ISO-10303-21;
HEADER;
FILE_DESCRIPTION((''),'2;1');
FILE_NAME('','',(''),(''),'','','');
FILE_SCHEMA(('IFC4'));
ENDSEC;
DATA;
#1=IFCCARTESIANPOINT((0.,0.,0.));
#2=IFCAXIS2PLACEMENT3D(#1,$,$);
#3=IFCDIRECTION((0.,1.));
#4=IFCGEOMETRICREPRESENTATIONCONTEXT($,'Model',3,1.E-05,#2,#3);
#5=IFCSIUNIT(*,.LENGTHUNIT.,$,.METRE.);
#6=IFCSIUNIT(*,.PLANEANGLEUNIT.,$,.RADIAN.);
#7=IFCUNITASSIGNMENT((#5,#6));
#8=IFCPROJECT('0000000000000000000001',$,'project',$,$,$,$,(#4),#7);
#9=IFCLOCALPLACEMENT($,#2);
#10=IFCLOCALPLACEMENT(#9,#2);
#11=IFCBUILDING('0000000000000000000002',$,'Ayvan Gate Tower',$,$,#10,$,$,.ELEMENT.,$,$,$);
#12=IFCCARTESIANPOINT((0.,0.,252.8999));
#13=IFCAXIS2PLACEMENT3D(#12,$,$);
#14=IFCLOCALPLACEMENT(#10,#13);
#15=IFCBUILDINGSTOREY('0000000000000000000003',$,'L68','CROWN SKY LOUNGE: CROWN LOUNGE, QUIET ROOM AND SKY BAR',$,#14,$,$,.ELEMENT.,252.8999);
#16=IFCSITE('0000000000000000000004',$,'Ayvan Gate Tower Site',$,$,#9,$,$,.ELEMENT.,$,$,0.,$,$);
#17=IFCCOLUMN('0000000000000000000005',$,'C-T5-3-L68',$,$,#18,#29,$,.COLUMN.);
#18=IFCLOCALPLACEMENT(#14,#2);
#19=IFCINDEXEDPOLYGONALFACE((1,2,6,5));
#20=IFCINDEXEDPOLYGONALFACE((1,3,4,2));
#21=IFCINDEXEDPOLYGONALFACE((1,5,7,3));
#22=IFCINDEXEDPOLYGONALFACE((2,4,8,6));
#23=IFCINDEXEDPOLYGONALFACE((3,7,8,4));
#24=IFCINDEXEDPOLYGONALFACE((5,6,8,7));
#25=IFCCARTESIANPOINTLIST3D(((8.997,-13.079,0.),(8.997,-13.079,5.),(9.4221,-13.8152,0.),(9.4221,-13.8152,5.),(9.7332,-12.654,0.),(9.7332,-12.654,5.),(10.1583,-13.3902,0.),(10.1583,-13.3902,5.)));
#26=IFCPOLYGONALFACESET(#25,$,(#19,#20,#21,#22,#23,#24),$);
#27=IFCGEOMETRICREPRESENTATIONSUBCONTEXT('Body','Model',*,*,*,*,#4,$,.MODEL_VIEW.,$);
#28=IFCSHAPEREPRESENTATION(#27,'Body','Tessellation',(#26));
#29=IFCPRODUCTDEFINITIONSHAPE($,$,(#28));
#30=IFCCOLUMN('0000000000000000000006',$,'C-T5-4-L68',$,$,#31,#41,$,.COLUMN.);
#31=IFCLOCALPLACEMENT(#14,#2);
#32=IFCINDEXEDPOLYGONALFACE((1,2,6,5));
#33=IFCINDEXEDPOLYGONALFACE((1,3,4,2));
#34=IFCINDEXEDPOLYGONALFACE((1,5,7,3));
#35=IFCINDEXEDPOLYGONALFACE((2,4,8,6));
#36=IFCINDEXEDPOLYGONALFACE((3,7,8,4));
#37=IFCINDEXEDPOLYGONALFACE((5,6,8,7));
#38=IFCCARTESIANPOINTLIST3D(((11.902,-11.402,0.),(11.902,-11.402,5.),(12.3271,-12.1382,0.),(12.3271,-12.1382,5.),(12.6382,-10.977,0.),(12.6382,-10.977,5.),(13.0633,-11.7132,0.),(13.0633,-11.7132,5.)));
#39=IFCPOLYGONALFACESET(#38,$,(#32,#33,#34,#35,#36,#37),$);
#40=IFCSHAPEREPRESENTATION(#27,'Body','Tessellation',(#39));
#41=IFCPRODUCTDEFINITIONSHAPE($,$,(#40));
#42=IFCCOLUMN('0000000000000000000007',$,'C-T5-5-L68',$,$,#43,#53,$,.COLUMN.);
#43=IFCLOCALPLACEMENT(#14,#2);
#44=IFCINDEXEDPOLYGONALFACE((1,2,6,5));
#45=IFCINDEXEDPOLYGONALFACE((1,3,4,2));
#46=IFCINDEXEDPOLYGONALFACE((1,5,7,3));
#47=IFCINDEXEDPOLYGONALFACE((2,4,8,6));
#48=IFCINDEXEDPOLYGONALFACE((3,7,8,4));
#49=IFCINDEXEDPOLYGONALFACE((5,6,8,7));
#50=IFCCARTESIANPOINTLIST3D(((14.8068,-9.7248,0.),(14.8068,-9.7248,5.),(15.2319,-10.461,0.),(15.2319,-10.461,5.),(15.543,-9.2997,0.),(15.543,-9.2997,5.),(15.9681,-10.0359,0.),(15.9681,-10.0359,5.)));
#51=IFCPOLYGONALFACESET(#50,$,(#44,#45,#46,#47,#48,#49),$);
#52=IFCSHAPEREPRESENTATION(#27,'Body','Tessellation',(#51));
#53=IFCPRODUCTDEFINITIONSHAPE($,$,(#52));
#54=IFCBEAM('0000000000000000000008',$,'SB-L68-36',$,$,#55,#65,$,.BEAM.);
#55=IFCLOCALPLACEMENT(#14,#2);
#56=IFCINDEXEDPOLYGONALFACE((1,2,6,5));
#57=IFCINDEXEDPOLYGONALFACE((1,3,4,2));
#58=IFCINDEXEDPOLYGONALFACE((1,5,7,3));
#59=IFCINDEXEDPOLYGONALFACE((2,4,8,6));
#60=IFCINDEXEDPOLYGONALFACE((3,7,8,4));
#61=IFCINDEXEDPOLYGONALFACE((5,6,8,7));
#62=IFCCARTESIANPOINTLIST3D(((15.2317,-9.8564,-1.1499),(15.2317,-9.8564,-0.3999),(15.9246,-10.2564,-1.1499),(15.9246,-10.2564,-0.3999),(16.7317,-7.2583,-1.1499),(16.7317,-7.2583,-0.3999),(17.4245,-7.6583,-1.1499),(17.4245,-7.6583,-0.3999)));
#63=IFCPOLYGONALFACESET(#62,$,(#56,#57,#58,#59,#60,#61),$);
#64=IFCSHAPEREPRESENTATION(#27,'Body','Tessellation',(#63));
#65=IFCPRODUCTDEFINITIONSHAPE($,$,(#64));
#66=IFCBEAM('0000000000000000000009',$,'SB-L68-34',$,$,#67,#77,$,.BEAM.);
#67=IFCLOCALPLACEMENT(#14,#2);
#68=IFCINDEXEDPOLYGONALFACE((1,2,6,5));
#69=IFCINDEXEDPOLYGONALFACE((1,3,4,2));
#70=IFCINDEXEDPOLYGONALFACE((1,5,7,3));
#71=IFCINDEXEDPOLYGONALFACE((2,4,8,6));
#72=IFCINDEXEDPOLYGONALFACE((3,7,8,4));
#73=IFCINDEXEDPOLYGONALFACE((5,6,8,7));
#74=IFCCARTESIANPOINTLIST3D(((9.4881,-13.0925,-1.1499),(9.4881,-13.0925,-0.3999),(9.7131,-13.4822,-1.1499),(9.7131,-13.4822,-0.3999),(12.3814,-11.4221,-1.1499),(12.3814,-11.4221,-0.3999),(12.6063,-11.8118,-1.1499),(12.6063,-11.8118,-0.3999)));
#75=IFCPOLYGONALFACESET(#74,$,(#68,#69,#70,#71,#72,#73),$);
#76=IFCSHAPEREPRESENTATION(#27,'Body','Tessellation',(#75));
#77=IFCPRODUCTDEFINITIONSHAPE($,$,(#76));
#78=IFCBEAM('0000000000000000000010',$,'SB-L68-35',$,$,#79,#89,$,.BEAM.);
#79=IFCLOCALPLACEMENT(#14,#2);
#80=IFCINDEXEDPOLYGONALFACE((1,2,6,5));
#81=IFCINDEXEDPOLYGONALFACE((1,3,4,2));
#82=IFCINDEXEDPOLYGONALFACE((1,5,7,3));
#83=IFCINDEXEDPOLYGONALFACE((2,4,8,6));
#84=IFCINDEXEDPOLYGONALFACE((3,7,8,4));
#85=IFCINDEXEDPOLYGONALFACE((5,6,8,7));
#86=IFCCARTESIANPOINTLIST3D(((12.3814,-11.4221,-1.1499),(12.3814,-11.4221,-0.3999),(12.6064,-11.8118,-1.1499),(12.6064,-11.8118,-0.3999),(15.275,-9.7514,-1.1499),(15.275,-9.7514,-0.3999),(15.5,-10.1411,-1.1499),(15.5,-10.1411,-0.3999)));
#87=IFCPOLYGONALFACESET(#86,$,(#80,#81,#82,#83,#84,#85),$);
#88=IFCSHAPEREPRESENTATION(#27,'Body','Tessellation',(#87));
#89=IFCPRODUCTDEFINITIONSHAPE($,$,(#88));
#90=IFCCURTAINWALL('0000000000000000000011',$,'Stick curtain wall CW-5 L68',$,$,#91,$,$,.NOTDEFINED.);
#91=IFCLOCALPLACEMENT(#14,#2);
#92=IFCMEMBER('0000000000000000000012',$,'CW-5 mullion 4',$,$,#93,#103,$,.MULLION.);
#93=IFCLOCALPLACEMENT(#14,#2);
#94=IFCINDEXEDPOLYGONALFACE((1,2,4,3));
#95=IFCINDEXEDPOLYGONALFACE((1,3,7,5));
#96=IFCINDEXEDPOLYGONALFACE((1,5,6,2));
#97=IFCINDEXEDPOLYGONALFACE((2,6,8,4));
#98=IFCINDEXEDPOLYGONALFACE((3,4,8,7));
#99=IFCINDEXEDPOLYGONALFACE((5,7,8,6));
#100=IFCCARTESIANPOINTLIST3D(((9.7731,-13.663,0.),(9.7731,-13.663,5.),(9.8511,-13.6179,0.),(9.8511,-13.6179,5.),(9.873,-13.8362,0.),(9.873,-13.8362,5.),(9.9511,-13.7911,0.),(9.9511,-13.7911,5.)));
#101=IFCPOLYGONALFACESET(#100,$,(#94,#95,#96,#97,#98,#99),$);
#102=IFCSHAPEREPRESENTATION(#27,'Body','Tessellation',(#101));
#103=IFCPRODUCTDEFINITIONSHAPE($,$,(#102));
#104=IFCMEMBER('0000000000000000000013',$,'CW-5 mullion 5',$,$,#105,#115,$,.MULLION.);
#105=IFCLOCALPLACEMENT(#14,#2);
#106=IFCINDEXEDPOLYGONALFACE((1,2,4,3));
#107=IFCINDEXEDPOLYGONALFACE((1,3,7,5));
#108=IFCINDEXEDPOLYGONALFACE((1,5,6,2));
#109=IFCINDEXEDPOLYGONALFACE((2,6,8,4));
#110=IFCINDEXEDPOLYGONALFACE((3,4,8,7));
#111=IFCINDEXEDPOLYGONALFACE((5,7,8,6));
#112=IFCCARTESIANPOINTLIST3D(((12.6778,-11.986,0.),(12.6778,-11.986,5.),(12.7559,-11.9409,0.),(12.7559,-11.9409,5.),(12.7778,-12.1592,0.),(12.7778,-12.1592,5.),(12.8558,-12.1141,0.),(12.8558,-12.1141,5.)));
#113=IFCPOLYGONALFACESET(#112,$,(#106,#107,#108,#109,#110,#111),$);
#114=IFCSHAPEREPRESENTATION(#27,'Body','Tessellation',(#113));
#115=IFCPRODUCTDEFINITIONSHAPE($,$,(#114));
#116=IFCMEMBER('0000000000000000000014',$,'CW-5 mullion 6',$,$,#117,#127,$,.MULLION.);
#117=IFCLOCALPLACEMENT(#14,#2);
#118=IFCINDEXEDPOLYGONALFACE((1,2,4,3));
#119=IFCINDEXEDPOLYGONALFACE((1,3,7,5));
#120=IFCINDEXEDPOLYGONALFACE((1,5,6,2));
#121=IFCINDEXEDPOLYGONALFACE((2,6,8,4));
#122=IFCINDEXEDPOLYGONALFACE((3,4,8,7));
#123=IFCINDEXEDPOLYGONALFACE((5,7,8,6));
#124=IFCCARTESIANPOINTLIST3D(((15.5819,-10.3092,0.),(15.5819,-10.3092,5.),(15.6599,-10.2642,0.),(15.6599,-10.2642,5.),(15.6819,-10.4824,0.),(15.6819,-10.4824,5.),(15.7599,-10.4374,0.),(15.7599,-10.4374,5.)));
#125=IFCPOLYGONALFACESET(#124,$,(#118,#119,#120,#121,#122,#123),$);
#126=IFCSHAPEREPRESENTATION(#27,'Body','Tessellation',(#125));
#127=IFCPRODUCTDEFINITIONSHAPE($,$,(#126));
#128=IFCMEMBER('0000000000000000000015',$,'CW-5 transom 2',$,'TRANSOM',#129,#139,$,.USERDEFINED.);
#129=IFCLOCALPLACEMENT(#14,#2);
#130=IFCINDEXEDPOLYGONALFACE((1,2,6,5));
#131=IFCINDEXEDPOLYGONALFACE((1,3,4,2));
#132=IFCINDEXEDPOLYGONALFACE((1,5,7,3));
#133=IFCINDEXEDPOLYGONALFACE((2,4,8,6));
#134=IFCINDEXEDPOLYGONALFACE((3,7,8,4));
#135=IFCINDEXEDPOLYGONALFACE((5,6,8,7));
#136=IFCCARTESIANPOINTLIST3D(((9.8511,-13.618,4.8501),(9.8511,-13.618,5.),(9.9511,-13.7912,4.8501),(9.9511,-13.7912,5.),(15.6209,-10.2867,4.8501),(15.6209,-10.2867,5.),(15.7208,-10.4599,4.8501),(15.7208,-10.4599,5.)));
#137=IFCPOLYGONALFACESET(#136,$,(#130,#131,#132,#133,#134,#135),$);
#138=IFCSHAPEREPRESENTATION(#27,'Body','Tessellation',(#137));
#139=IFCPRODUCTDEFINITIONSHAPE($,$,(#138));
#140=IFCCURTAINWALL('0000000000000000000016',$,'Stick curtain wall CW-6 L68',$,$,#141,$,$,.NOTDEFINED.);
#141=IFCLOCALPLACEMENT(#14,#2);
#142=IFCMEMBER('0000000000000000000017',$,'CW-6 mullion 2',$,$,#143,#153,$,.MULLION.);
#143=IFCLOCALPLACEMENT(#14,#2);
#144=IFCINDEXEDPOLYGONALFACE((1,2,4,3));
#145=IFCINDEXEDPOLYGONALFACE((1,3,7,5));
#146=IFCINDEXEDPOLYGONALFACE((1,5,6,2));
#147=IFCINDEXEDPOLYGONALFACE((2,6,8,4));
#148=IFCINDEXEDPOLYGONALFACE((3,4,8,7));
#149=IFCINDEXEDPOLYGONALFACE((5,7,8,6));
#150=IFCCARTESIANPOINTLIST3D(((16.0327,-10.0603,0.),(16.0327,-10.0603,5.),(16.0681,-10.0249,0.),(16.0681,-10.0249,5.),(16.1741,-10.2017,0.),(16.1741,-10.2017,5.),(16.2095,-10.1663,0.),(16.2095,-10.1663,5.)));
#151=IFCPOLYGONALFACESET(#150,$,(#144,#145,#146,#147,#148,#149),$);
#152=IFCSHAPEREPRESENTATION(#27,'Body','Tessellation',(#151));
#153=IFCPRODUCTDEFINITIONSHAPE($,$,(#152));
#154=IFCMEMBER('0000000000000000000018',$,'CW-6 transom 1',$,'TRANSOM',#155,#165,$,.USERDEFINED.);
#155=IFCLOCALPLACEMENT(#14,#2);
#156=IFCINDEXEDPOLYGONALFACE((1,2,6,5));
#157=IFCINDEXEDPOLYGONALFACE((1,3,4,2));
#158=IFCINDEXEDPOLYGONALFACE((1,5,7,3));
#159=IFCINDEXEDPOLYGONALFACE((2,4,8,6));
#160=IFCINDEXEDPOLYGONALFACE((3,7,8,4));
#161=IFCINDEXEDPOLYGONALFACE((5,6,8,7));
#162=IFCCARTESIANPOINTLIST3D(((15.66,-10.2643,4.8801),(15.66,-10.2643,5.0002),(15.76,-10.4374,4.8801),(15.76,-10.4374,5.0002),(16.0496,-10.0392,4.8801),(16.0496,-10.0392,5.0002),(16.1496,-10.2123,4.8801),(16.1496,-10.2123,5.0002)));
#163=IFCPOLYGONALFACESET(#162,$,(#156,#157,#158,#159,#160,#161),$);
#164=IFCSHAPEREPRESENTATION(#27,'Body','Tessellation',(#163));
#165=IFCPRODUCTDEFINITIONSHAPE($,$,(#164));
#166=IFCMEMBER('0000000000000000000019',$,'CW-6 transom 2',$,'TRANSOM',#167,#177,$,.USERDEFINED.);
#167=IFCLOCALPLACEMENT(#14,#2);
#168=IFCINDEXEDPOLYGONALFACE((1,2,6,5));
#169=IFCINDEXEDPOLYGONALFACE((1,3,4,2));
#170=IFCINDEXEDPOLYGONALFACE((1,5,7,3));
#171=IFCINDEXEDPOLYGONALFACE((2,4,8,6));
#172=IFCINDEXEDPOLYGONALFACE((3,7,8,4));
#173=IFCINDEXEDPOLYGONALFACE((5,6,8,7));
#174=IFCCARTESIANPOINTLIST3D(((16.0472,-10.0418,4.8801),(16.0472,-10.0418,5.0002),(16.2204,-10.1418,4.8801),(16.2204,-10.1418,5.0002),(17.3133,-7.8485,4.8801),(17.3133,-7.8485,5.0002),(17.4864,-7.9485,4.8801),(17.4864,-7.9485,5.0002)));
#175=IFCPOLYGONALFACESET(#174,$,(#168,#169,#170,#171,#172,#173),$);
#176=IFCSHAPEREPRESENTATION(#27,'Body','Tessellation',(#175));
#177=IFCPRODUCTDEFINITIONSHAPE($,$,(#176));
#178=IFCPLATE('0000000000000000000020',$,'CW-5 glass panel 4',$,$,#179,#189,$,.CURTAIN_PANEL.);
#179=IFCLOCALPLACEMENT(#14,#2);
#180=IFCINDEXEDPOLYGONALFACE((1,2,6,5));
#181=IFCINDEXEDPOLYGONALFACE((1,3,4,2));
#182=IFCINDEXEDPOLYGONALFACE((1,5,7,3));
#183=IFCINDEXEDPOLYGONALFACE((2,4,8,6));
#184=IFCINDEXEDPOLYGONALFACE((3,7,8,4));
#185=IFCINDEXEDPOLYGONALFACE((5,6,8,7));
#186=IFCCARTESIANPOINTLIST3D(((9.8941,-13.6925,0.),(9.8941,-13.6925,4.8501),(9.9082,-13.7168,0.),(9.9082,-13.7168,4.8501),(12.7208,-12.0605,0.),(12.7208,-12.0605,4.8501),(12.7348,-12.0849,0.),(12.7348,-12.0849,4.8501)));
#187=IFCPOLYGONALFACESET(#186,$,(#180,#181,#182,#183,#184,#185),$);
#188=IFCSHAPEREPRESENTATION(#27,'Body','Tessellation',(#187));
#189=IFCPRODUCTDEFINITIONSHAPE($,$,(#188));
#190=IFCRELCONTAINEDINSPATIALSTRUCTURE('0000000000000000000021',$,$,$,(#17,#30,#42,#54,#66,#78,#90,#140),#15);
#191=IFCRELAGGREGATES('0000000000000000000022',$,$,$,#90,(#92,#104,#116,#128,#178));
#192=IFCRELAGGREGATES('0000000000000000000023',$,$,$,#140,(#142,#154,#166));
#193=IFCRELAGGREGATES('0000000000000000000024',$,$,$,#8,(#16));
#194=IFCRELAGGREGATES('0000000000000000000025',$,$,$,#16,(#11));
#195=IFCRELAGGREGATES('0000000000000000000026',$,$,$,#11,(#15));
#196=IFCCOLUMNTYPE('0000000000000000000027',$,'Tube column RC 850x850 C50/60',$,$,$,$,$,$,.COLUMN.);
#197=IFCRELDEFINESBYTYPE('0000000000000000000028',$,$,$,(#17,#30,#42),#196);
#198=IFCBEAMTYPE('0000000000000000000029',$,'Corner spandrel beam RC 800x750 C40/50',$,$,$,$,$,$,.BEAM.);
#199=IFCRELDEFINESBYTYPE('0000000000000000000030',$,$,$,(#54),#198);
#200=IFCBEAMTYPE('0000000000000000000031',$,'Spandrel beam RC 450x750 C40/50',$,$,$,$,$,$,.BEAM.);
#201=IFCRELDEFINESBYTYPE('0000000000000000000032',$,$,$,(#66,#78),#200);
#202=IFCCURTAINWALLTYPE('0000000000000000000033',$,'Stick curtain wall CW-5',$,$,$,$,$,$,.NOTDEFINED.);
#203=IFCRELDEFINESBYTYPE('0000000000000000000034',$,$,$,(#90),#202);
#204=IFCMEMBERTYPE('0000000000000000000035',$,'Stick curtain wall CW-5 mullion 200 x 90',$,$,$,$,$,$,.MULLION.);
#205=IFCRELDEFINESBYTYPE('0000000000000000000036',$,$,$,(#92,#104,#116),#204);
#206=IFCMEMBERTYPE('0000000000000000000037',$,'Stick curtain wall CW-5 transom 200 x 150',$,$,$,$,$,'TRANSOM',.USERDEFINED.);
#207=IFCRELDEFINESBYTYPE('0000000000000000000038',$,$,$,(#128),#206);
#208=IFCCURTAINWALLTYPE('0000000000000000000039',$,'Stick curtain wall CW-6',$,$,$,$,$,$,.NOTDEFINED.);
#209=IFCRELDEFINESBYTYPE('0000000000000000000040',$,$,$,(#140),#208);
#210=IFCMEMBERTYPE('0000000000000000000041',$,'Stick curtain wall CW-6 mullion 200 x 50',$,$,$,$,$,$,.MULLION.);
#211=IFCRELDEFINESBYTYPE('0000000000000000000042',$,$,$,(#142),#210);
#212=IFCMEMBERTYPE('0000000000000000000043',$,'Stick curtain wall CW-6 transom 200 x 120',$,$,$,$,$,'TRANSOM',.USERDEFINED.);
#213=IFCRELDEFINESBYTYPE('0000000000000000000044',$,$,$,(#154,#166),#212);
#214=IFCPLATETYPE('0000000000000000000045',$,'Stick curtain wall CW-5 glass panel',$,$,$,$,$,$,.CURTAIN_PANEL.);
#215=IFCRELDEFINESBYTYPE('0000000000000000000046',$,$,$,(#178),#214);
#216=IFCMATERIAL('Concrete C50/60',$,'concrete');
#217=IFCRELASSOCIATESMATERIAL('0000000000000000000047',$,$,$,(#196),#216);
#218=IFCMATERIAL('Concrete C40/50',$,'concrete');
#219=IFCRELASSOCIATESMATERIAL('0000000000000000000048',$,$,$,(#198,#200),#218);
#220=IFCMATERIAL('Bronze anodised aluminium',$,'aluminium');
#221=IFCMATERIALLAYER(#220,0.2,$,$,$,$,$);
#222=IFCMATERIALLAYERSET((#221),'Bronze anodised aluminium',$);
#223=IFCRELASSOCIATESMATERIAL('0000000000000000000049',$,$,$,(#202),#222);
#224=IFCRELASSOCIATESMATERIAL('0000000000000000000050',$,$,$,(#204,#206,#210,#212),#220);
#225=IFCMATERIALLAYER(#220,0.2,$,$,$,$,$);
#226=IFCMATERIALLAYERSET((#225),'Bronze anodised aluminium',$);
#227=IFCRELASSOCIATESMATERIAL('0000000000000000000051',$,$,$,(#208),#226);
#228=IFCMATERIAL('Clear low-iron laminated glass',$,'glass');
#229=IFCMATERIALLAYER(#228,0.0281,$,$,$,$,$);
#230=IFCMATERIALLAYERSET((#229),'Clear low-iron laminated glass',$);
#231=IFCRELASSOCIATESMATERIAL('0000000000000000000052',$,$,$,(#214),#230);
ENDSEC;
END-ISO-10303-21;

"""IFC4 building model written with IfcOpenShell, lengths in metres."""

from ifc_helpers import new_model, si_unit, direction, frame, origin, origin_2d, place, context, subcontext, project, spatial, rectangle, extrude, material, layer, layer_set, material_profile, profile_set, type_object, element, aggregate, save


model = new_model("IFC4")

# Units and contexts
model_context = context("Model", 3, precision=1e-05, world=origin(), true_north=direction((0.0, 1.0)))
body_context = subcontext(model_context, "Body", "Model", "MODEL_VIEW")
ifc_project = project(units=[si_unit("LENGTHUNIT", "METRE"), si_unit("PLANEANGLEUNIT", "RADIAN")], contexts=[model_context])

# Site, building, storey
site_placement = place(None, origin())
site = spatial("IfcSite", under=ifc_project, at=site_placement, Name="Ayvan Gate Tower Site", CompositionType="ELEMENT", RefElevation=0.0)
building_placement = place(site_placement, origin())
building = spatial("IfcBuilding", under=site, at=building_placement, Name="Ayvan Gate Tower", CompositionType="ELEMENT")
storey_placement = place(building_placement, frame((0.0, 0.0, 252.8999)))
storey = spatial("IfcBuildingStorey", under=building, at=storey_placement, Name="L68", Description="CROWN SKY LOUNGE: CROWN LOUNGE, QUIET ROOM AND SKY BAR", CompositionType="ELEMENT", Elevation=252.8999)

# Columns
ifc_material_1 = material(Name="Concrete C50/60", Category="concrete")
ifc_material_profile_1 = material_profile(ifc_material_1, rectangle(XDim=0.8501, YDim=0.8501, at=origin_2d()), Name="RC 850x850")
ifc_profile_set_1 = profile_set([ifc_material_profile_1], Name="Concrete C50/60")
column_type = type_object("IfcColumnType", Name="Tube column RC 850x850 C50/60", PredefinedType="COLUMN", material=ifc_profile_set_1)
for number, where, z_axis, x_axis, name in (
    (1, (9.5776, -13.2346, 0.0), (0.0, 0.0, 1.0), (0.5, -0.866025, 0.0), "C-T5-3-L68"),
    (2, (12.4827, -11.5576, 0.0), (0.0, 0.0, 1.0), (0.5, -0.866025, 0.0), "C-T5-4-L68"),
    (3, (15.3875, -9.8804, 0.0), (0.0, 0.0, 1.0), (0.5, -0.866025, 0.0), "C-T5-5-L68"),
):
    element("IfcColumn", number, at=place(storey_placement, frame(where, z_axis=z_axis, x_axis=x_axis)), inside=storey, type_object=column_type, Name=name, PredefinedType="COLUMN", context=body_context, shape_type="SweptSolid", body=[
        extrude(rectangle(XDim=0.8501, YDim=0.8501, at=origin_2d()), origin(), (0.0, 0.0, 1.0), 5.0),
    ])

# Beams
ifc_material_2 = material(Name="Concrete C40/50", Category="concrete")
ifc_material_profile_2 = material_profile(ifc_material_2, rectangle(XDim=0.8, YDim=0.75, at=origin_2d()), Name="RC 800x750")
ifc_profile_set_2 = profile_set([ifc_material_profile_2], Name="Concrete C40/50")
beam_type_1 = type_object("IfcBeamType", Name="Corner spandrel beam RC 800x750 C40/50", PredefinedType="BEAM", material=ifc_profile_set_2)
beam_1_placement = place(storey_placement, frame((15.5781, -10.0564, -0.7749), z_axis=(0.49999, 0.866031, 0.0), x_axis=(-0.866031, 0.49999, 0.0)))
element("IfcBeam", 4, at=beam_1_placement, inside=storey, type_object=beam_type_1, Name="SB-L68-36", PredefinedType="BEAM", context=body_context, shape_type="SweptSolid", body=[
    extrude(rectangle(XDim=0.8, YDim=0.75, at=origin_2d()), origin(), (0.0, 0.0, 1.0), 3.0),
])
ifc_material_profile_3 = material_profile(ifc_material_2, rectangle(XDim=0.45, YDim=0.75, at=origin_2d()), Name="RC 450x750")
ifc_profile_set_3 = profile_set([ifc_material_profile_3], Name="Concrete C40/50")
beam_type_2 = type_object("IfcBeamType", Name="Spandrel beam RC 450x750 C40/50", PredefinedType="BEAM", material=ifc_profile_set_3)
beam_2_placement = place(storey_placement, frame((9.6006, -13.2874, -0.7749), z_axis=(0.866031, 0.49999, 0.0), x_axis=(-0.49999, 0.866031, 0.0)))
element("IfcBeam", 5, at=beam_2_placement, inside=storey, type_object=beam_type_2, Name="SB-L68-34", PredefinedType="BEAM", context=body_context, shape_type="SweptSolid", body=[
    extrude(rectangle(XDim=0.45, YDim=0.75, at=origin_2d()), origin(), (0.0, 0.0, 1.0), 3.3408),
])
beam_3_placement = place(storey_placement, frame((12.4939, -11.6169, -0.7749), z_axis=(0.866018, 0.500013, 0.0), x_axis=(-0.500013, 0.866018, 0.0)))
element("IfcBeam", 6, at=beam_3_placement, inside=storey, type_object=beam_type_2, Name="SB-L68-35", PredefinedType="BEAM", context=body_context, shape_type="SweptSolid", body=[
    extrude(rectangle(XDim=0.45, YDim=0.75, at=origin_2d()), origin(), (0.0, 0.0, 1.0), 3.3413),
])

# Curtain walls, members
ifc_material_3 = material(Name="Bronze anodised aluminium", Category="aluminium")
ifc_layer_1 = layer(ifc_material_3, 0.2)
ifc_layer_set_1 = layer_set([ifc_layer_1], Name="Bronze anodised aluminium")
curtain_wall_type_1 = type_object("IfcCurtainWallType", Name="Stick curtain wall CW-5", PredefinedType="NOTDEFINED", material=ifc_layer_set_1)
curtain_wall_1_placement = place(storey_placement, origin())
curtain_wall_1 = element("IfcCurtainWall", 7, at=curtain_wall_1_placement, inside=storey, type_object=curtain_wall_type_1, Name="Stick curtain wall CW-5 L68", PredefinedType="NOTDEFINED")
ifc_material_profile_4 = material_profile(ifc_material_3, rectangle(XDim=0.2, YDim=0.0901, at=origin_2d()), Name="Stick curtain wall CW-5 mullion 200 x 90")
ifc_profile_set_4 = profile_set([ifc_material_profile_4], Name="Bronze anodised aluminium")
member_type_1 = type_object("IfcMemberType", Name="Stick curtain wall CW-5 mullion 200 x 90", PredefinedType="MULLION", material=ifc_profile_set_4)
member_1_placement = place(storey_placement, frame((9.8621, -13.7271, 0.0), z_axis=(0.0, 0.0, 1.0), x_axis=(0.5, -0.866025, 0.0)))
member_1 = element("IfcMember", 8, at=member_1_placement, type_object=member_type_1, Name="CW-5 mullion 4", PredefinedType="MULLION", context=body_context, shape_type="SweptSolid", body=[
    extrude(rectangle(XDim=0.2, YDim=0.0901, at=origin_2d()), origin(), (0.0, 0.0, 1.0), 5.0),
])
member_2_placement = place(storey_placement, frame((12.7668, -12.05, 0.0), z_axis=(0.0, 0.0, 1.0), x_axis=(0.5, -0.866025, 0.0)))
member_2 = element("IfcMember", 9, at=member_2_placement, type_object=member_type_1, Name="CW-5 mullion 5", PredefinedType="MULLION", context=body_context, shape_type="SweptSolid", body=[
    extrude(rectangle(XDim=0.2, YDim=0.0901, at=origin_2d()), origin(), (0.0, 0.0, 1.0), 5.0),
])
member_3_placement = place(storey_placement, frame((15.6709, -10.3733, 0.0), z_axis=(0.0, 0.0, 1.0), x_axis=(0.5, -0.866025, 0.0)))
member_3 = element("IfcMember", 10, at=member_3_placement, type_object=member_type_1, Name="CW-5 mullion 6", PredefinedType="MULLION", context=body_context, shape_type="SweptSolid", body=[
    extrude(rectangle(XDim=0.2, YDim=0.0901, at=origin_2d()), origin(), (0.0, 0.0, 1.0), 5.0),
])
ifc_material_profile_5 = material_profile(ifc_material_3, rectangle(XDim=0.2, YDim=0.1499, at=origin_2d()), Name="Stick curtain wall CW-5 transom 200 x 150")
ifc_profile_set_5 = profile_set([ifc_material_profile_5], Name="Bronze anodised aluminium")
member_type_2 = type_object("IfcMemberType", Name="Stick curtain wall CW-5 transom 200 x 150", ElementType="TRANSOM", PredefinedType="USERDEFINED", material=ifc_profile_set_5)
member_4_placement = place(storey_placement, frame((9.9011, -13.7046, 4.925), z_axis=(0.866018, 0.500013, 0.0), x_axis=(-0.500013, 0.866018, 0.0)))
member_4 = element("IfcMember", 11, at=member_4_placement, type_object=member_type_2, Name="CW-5 transom 2", ObjectType="TRANSOM", PredefinedType="USERDEFINED", context=body_context, shape_type="SweptSolid", body=[
    extrude(rectangle(XDim=0.2, YDim=0.1499, at=origin_2d()), origin(), (0.0, 0.0, 1.0), 6.6624),
])
ifc_layer_2 = layer(ifc_material_3, 0.2)
ifc_layer_set_2 = layer_set([ifc_layer_2], Name="Bronze anodised aluminium")
curtain_wall_type_2 = type_object("IfcCurtainWallType", Name="Stick curtain wall CW-6", PredefinedType="NOTDEFINED", material=ifc_layer_set_2)
curtain_wall_2_placement = place(storey_placement, origin())
curtain_wall_2 = element("IfcCurtainWall", 12, at=curtain_wall_2_placement, inside=storey, type_object=curtain_wall_type_2, Name="Stick curtain wall CW-6 L68", PredefinedType="NOTDEFINED")
ifc_material_profile_6 = material_profile(ifc_material_3, rectangle(XDim=0.2, YDim=0.05, at=origin_2d()), Name="Stick curtain wall CW-6 mullion 200 x 50")
ifc_profile_set_6 = profile_set([ifc_material_profile_6], Name="Bronze anodised aluminium")
member_type_3 = type_object("IfcMemberType", Name="Stick curtain wall CW-6 mullion 200 x 50", PredefinedType="MULLION", material=ifc_profile_set_6)
member_5_placement = place(storey_placement, frame((16.1211, -10.1133, 0.0), z_axis=(0.0, 0.0, 1.0), x_axis=(0.707107, -0.707107, 0.0)))
member_5 = element("IfcMember", 13, at=member_5_placement, type_object=member_type_3, Name="CW-6 mullion 2", PredefinedType="MULLION", context=body_context, shape_type="SweptSolid", body=[
    extrude(rectangle(XDim=0.2, YDim=0.05, at=origin_2d()), origin(), (0.0, 0.0, 1.0), 5.0),
])
ifc_material_profile_7 = material_profile(ifc_material_3, rectangle(XDim=0.2, YDim=0.1201, at=origin_2d()), Name="Stick curtain wall CW-6 transom 200 x 120")
ifc_profile_set_7 = profile_set([ifc_material_profile_7], Name="Bronze anodised aluminium")
member_type_4 = type_object("IfcMemberType", Name="Stick curtain wall CW-6 transom 200 x 120", ElementType="TRANSOM", PredefinedType="USERDEFINED", material=ifc_profile_set_7)
member_6_placement = place(storey_placement, frame((15.71, -10.3508, 4.9402), z_axis=(0.865896, 0.500223, 0.0), x_axis=(-0.500223, 0.865896, 0.0)))
member_6 = element("IfcMember", 14, at=member_6_placement, type_object=member_type_4, Name="CW-6 transom 1", ObjectType="TRANSOM", PredefinedType="USERDEFINED", context=body_context, shape_type="SweptSolid", body=[
    extrude(rectangle(XDim=0.2, YDim=0.1201, at=origin_2d()), origin(), (0.0, 0.0, 1.0), 0.45),
])
member_7_placement = place(storey_placement, frame((16.1338, -10.0918, 4.9402), z_axis=(0.499934, 0.866064, 0.0), x_axis=(-0.866064, 0.499934, 0.0)))
member_7 = element("IfcMember", 15, at=member_7_placement, type_object=member_type_4, Name="CW-6 transom 2", ObjectType="TRANSOM", PredefinedType="USERDEFINED", context=body_context, shape_type="SweptSolid", body=[
    extrude(rectangle(XDim=0.2, YDim=0.1201, at=origin_2d()), origin(), (0.0, 0.0, 1.0), 2.5325),
])

# Plate
ifc_material_4 = material(Name="Clear low-iron laminated glass", Category="glass")
ifc_layer_3 = layer(ifc_material_4, 0.0281)
ifc_layer_set_3 = layer_set([ifc_layer_3], Name="Clear low-iron laminated glass")
plate_type_1 = type_object("IfcPlateType", Name="Stick curtain wall CW-5 glass panel", PredefinedType="CURTAIN_PANEL", material=ifc_layer_set_3)
plate_1_placement = place(storey_placement, frame((11.3145, -12.8887, 0.0), z_axis=(0.0, 0.0, 1.0), x_axis=(0.866025, 0.5, 0.0)))
plate_1 = element("IfcPlate", 16, at=plate_1_placement, type_object=plate_type_1, Name="CW-5 glass panel 4", PredefinedType="CURTAIN_PANEL", context=body_context, shape_type="SweptSolid", body=[
    extrude(rectangle(XDim=3.2639, YDim=0.0281, at=origin_2d()), origin(), (0.0, 0.0, 1.0), 4.8501),
])
aggregate(curtain_wall_1, [member_1, member_2, member_3, member_4, plate_1])
aggregate(curtain_wall_2, [member_5, member_6, member_7])

save(model, "model.ifc")
